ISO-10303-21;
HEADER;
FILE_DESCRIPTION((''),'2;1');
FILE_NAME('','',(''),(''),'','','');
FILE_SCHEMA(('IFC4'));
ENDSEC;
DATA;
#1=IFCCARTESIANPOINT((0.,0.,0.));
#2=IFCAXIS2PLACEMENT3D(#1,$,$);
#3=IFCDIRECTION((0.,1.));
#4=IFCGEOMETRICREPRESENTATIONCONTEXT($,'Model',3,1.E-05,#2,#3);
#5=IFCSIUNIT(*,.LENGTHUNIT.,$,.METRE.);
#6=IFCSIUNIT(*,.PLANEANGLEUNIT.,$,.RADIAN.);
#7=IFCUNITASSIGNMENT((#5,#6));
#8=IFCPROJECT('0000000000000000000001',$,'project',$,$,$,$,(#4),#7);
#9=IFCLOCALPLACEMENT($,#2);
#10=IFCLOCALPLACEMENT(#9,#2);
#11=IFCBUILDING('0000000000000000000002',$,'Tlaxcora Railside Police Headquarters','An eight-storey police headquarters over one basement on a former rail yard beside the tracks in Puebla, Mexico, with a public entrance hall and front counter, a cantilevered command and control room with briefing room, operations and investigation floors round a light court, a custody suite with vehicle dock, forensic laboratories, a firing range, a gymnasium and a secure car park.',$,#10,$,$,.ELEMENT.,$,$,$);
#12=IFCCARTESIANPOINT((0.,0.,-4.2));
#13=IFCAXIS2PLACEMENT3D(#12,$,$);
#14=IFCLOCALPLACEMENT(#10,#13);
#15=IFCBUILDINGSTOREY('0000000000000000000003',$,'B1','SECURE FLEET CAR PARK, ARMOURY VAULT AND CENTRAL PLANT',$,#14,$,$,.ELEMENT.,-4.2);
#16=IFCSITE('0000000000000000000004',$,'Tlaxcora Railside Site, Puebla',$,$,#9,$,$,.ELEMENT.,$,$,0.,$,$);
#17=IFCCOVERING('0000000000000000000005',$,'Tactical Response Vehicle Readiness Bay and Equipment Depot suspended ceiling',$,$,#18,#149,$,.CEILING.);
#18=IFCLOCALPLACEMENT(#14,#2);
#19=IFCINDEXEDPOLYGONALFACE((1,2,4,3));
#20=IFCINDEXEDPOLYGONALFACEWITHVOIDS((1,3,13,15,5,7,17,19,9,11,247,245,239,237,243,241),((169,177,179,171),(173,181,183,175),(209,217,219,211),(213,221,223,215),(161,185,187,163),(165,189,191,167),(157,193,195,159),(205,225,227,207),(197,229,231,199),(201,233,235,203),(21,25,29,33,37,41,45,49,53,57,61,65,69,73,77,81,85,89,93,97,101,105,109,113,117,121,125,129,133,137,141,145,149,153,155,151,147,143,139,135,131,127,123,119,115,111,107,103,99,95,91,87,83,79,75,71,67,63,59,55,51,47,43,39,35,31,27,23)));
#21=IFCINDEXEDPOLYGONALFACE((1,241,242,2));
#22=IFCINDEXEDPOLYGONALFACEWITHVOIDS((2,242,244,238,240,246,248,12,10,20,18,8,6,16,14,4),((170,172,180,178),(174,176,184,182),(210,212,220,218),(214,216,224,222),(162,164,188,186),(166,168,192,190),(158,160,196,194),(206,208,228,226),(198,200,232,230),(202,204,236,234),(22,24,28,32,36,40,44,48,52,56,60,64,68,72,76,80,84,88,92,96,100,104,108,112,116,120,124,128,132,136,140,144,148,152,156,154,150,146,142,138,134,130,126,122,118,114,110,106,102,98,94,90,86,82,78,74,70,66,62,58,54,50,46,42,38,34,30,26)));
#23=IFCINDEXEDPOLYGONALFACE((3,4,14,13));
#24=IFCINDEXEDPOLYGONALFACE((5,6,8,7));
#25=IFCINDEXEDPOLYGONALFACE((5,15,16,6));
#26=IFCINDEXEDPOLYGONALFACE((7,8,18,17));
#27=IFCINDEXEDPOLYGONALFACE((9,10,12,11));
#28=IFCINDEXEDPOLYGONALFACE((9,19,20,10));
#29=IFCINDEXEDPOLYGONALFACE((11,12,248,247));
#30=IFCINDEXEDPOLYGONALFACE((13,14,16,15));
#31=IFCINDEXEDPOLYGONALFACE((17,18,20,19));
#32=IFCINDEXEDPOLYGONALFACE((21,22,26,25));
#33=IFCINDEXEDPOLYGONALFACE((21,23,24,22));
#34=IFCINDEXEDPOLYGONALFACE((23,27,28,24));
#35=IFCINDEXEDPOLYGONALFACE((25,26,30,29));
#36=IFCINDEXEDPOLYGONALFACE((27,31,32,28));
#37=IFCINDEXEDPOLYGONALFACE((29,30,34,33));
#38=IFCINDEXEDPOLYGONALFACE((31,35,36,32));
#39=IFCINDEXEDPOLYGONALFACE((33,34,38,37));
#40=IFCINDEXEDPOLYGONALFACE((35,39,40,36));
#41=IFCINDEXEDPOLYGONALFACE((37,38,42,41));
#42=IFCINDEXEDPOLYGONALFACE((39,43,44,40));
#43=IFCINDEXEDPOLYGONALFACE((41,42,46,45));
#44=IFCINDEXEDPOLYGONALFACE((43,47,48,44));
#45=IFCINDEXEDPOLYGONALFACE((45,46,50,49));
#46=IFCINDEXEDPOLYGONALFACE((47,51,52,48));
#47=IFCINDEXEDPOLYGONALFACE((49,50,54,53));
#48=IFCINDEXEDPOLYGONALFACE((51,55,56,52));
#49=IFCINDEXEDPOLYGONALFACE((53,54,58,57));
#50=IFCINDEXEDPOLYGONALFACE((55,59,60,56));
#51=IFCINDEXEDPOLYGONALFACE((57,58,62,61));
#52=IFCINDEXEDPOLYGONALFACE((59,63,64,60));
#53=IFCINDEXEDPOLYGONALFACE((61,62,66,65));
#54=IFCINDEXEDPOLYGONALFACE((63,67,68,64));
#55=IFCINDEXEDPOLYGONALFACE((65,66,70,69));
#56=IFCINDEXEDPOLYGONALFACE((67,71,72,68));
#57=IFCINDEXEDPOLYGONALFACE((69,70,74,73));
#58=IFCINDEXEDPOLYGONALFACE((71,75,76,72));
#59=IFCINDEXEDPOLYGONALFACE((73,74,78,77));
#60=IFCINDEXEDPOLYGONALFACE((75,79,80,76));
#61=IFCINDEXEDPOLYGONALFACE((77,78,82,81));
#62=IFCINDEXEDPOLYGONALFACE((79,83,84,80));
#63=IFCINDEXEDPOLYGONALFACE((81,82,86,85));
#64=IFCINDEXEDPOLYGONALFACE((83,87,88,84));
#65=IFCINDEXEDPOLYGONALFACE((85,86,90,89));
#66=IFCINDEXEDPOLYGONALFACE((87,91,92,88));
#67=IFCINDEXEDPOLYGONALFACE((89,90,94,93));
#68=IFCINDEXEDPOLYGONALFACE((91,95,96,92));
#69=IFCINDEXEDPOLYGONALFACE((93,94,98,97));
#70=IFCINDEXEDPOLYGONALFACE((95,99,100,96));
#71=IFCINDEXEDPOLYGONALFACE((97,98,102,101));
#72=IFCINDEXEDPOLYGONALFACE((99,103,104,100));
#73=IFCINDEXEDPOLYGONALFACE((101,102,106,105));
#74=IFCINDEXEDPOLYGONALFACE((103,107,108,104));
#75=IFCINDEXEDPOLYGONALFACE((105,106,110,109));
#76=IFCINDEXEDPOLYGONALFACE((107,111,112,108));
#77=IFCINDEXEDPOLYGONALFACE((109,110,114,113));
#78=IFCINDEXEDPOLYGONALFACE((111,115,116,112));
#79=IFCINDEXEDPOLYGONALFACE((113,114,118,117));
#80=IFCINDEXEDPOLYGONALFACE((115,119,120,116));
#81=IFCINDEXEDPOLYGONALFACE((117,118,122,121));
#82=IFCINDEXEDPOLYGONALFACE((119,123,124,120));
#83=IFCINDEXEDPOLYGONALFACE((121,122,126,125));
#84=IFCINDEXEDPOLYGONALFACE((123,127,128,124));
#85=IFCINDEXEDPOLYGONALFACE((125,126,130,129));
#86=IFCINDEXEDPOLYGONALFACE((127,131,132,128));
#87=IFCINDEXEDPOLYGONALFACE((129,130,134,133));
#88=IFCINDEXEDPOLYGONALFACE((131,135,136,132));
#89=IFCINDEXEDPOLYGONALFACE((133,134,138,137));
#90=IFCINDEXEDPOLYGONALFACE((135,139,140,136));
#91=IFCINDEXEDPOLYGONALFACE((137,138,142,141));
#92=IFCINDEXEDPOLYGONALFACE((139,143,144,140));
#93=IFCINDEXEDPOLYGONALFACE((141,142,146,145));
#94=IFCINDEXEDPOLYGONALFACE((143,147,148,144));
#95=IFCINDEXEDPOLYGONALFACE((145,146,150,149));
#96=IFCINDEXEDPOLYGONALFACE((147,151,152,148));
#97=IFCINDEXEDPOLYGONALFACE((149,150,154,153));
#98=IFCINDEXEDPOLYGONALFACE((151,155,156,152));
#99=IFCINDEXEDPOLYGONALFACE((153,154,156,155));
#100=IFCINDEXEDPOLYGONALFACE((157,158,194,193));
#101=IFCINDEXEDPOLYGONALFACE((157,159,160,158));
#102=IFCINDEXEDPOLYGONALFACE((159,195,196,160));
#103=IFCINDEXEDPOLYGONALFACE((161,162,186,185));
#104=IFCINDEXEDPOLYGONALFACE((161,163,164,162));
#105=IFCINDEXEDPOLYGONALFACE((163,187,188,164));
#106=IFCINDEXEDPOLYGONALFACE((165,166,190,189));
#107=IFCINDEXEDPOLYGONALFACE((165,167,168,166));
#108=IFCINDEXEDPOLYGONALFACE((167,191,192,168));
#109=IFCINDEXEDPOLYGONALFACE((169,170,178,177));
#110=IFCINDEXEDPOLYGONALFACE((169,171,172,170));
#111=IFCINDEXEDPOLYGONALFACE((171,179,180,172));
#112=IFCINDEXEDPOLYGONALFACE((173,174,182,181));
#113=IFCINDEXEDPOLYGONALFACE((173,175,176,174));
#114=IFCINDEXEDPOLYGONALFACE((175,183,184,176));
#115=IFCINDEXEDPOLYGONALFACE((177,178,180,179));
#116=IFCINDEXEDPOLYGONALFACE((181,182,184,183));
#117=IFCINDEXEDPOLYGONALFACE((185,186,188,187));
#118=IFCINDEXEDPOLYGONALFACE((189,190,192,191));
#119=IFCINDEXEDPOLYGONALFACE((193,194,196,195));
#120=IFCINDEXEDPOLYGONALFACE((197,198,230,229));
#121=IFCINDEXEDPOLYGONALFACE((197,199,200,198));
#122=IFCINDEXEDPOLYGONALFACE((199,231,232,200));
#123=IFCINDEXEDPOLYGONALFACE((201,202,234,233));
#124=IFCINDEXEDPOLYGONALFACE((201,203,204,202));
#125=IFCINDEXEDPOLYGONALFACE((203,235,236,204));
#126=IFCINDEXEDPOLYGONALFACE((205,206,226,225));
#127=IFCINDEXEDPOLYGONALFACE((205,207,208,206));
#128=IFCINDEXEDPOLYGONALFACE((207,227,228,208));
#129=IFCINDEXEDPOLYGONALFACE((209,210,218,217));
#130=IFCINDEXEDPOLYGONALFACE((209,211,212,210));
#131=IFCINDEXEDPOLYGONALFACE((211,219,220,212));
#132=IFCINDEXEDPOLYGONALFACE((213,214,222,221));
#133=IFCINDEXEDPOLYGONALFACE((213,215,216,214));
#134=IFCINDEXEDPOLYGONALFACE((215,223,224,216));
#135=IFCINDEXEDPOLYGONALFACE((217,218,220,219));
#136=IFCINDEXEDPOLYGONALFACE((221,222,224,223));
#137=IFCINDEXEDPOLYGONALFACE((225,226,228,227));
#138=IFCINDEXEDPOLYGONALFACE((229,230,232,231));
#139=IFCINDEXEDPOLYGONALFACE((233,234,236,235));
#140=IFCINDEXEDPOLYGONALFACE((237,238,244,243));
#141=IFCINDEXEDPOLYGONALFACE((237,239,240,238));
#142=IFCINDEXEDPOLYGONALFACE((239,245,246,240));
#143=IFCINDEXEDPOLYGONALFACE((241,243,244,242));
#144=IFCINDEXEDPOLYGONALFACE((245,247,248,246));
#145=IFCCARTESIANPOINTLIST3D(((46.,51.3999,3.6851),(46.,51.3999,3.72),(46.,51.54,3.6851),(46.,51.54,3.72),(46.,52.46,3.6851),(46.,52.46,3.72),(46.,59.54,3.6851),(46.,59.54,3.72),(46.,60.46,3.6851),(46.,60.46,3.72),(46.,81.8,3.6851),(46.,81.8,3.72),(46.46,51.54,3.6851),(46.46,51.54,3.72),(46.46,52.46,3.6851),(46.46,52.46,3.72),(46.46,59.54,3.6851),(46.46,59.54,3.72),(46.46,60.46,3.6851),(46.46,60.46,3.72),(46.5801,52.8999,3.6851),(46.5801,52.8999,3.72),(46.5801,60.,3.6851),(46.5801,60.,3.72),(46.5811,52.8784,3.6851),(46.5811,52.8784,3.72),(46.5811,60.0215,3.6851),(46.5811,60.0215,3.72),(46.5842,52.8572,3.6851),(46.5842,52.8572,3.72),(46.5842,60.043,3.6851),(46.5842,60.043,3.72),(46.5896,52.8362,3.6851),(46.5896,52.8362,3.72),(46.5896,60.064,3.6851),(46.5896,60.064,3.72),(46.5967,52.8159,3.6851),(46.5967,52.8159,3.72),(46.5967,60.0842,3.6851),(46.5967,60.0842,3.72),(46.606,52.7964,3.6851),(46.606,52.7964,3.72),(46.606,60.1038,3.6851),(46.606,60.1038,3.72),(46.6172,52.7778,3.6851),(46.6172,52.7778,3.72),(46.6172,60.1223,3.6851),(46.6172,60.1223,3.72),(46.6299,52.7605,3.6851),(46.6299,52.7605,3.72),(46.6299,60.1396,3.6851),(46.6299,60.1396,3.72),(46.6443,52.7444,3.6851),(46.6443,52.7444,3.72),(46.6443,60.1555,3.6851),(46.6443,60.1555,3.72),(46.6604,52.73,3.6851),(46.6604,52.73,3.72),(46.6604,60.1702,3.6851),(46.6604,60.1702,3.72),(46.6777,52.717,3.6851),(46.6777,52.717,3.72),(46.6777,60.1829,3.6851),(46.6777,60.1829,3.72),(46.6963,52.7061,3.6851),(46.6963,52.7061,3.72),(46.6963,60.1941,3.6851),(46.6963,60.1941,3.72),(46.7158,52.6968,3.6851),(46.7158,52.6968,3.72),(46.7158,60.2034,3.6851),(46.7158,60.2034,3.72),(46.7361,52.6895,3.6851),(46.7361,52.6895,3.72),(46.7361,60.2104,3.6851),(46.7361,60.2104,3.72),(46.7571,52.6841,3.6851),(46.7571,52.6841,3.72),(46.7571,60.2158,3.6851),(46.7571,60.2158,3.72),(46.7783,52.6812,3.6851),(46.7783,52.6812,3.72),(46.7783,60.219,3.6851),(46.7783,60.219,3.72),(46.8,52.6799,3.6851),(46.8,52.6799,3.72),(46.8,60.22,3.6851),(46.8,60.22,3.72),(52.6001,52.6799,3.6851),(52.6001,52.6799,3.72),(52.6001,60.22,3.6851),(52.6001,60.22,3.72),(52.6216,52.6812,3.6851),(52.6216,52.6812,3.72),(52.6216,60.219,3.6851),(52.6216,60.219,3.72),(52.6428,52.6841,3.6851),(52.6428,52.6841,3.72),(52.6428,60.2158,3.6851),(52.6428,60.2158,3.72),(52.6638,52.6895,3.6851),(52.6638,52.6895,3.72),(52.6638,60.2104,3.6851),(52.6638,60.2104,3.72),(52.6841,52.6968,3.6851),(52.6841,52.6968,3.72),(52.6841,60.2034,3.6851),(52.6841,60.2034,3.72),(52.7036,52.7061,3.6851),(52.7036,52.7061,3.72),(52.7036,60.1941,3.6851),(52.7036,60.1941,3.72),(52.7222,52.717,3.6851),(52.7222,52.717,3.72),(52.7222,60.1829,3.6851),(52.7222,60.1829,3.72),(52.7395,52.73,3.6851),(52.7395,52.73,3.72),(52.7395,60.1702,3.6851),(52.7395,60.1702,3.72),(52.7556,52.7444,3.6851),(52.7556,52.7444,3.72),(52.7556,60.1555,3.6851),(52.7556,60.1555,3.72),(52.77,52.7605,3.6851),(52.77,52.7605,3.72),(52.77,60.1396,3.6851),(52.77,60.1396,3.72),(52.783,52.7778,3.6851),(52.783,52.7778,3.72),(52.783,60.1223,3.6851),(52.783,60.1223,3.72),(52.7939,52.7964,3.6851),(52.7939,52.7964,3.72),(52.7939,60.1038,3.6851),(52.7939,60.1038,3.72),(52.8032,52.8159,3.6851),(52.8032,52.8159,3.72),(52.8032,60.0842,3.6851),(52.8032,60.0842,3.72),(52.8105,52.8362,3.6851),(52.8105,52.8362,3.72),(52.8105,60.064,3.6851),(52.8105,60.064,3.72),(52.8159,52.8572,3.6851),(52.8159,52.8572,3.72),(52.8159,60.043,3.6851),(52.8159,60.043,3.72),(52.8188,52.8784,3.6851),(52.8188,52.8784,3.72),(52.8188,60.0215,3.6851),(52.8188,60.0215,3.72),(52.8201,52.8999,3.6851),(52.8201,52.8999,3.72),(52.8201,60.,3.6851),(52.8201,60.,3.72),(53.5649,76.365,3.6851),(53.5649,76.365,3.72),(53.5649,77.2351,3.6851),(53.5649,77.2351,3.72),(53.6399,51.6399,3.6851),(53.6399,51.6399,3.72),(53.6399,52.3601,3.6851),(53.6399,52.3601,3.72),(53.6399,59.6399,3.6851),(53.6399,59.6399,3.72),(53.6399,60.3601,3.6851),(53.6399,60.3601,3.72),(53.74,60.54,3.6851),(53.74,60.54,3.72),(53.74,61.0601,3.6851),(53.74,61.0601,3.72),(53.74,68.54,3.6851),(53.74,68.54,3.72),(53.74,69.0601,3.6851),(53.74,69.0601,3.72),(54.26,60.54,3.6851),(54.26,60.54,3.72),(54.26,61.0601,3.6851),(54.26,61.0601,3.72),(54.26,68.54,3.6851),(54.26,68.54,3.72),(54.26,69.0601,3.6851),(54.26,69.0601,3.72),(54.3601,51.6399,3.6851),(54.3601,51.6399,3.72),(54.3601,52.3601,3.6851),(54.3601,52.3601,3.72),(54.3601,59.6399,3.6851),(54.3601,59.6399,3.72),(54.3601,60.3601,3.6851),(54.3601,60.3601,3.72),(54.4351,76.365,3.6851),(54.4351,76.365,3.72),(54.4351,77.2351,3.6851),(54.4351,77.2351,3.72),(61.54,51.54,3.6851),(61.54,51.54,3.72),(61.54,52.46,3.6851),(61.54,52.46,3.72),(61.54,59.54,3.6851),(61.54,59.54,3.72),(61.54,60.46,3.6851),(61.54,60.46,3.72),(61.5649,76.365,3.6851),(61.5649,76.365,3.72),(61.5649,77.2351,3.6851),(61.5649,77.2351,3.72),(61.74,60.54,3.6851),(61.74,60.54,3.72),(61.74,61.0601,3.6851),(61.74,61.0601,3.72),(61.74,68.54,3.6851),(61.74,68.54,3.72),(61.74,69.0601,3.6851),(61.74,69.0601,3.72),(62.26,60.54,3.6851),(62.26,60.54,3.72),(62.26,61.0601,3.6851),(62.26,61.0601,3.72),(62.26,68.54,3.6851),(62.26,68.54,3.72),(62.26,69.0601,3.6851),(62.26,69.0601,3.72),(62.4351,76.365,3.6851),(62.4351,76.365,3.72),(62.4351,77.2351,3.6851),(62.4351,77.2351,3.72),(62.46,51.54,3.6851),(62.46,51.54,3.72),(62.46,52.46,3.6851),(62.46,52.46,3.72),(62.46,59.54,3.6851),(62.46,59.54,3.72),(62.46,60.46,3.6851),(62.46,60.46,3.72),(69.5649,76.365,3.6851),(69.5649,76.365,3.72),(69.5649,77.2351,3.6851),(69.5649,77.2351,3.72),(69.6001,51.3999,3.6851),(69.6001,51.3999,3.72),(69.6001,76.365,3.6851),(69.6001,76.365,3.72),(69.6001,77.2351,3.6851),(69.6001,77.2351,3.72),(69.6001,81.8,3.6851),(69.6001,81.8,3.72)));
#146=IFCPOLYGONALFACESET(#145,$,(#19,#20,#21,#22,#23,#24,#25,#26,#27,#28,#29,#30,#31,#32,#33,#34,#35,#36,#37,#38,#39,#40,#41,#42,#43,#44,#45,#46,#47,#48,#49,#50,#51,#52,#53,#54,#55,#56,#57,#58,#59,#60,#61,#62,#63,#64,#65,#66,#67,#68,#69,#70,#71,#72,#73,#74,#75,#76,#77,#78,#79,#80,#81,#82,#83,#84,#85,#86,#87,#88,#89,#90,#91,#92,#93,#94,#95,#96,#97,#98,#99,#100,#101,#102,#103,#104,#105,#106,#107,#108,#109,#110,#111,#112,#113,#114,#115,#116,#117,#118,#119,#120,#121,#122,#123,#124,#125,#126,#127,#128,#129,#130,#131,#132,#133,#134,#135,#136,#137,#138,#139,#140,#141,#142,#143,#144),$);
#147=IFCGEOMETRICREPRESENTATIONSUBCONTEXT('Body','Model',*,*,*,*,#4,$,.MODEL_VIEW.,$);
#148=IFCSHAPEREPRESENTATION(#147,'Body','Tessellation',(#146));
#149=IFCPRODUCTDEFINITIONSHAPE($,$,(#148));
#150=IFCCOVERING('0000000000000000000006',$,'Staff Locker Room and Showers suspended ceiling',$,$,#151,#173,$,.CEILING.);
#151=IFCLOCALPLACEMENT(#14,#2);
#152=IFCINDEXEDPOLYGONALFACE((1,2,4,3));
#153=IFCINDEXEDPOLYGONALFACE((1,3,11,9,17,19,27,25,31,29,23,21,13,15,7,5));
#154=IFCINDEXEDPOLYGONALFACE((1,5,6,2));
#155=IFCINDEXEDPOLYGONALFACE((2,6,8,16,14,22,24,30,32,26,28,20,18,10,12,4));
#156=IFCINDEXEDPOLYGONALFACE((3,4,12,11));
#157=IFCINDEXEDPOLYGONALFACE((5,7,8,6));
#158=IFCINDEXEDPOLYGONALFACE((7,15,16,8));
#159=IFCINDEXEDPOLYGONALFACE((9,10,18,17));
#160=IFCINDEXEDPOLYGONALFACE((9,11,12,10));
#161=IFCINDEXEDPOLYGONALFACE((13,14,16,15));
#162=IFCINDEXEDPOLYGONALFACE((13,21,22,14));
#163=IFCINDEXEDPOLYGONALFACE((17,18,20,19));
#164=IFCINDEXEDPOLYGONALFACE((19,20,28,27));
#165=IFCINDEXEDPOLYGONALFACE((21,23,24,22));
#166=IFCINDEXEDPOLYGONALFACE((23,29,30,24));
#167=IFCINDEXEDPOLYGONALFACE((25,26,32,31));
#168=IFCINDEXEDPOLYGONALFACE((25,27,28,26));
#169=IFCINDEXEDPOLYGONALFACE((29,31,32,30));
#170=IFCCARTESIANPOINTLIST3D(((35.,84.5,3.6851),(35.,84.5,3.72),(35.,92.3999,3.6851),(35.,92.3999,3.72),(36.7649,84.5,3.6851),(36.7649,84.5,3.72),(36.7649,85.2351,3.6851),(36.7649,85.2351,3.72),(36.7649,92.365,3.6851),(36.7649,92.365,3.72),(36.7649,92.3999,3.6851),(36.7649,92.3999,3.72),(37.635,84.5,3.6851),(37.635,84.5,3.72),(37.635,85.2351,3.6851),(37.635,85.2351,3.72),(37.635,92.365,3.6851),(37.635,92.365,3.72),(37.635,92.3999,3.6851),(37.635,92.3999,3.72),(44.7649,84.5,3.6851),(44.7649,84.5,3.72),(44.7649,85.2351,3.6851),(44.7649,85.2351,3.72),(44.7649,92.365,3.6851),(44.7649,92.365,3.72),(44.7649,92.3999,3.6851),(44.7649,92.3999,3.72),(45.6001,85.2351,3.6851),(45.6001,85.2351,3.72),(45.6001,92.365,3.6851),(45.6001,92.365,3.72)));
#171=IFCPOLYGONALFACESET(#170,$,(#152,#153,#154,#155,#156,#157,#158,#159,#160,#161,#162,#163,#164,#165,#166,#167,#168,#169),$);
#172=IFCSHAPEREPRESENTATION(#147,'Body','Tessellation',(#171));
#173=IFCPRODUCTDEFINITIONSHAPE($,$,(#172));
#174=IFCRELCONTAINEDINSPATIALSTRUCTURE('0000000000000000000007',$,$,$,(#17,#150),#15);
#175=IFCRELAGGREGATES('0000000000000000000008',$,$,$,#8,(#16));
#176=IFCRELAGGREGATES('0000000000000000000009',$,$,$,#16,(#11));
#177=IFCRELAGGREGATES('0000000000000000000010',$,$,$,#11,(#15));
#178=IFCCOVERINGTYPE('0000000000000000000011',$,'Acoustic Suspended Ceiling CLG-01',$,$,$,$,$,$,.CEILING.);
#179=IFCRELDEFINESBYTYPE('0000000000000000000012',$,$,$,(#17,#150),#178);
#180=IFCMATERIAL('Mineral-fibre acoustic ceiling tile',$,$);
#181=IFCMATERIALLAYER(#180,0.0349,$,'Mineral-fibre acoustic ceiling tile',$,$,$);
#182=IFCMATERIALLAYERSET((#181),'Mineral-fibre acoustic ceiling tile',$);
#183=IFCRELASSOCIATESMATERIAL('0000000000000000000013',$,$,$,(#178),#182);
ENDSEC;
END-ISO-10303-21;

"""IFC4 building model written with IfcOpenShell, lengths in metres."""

from ifc_helpers import new_model, si_unit, direction, frame, origin, place, context, subcontext, project, spatial, polyline, outline, extrude, material, layer, layer_set, type_object, element, save


model = new_model("IFC4")

# Units and contexts
model_context = context("Model", 3, precision=1e-05, world=origin(), true_north=direction((0.0, 1.0)))
body_context = subcontext(model_context, "Body", "Model", "MODEL_VIEW")
ifc_project = project(units=[si_unit("LENGTHUNIT", "METRE"), si_unit("PLANEANGLEUNIT", "RADIAN")], contexts=[model_context])

# Site, building, storey
site_placement = place(None, origin())
site = spatial("IfcSite", under=ifc_project, at=site_placement, Name="Tlaxcora Railside Site, Puebla", CompositionType="ELEMENT", RefElevation=0.0)
building_placement = place(site_placement, origin())
building = spatial("IfcBuilding", under=site, at=building_placement, Name="Tlaxcora Railside Police Headquarters", Description="An eight-storey police headquarters over one basement on a former rail yard beside the tracks in Puebla, Mexico, with a public entrance hall and front counter, a cantilevered command and control room with briefing room, operations and investigation floors round a light court, a custody suite with vehicle dock, forensic laboratories, a firing range, a gymnasium and a secure car park.", CompositionType="ELEMENT")
storey_placement = place(building_placement, frame((0.0, 0.0, -4.2)))
storey = spatial("IfcBuildingStorey", under=building, at=storey_placement, Name="B1", Description="SECURE FLEET CAR PARK, ARMOURY VAULT AND CENTRAL PLANT", CompositionType="ELEMENT", Elevation=-4.2)

# Coverings
ifc_material_1 = material(Name="Mineral-fibre acoustic ceiling tile")
ifc_layer_1 = layer(ifc_material_1, 0.0349, Name="Mineral-fibre acoustic ceiling tile")
ifc_layer_set_1 = layer_set([ifc_layer_1], Name="Mineral-fibre acoustic ceiling tile")
covering_type = type_object("IfcCoveringType", Name="Acoustic Suspended Ceiling CLG-01", PredefinedType="CEILING", material=ifc_layer_set_1)
covering_1_placement = place(storey_placement, frame((0.0, 0.0, 3.6851)))
element("IfcCovering", 1, at=covering_1_placement, inside=storey, type_object=covering_type, Name="Tactical Response Vehicle Readiness Bay and Equipment Depot suspended ceiling", PredefinedType="CEILING", context=body_context, shape_type="SweptSolid", body=[
    extrude(outline(polyline([(69.6001, 81.8), (46.0, 81.8), (46.0, 60.46), (46.46, 60.46), (46.46, 59.54), (46.0, 59.54), (46.0, 52.46), (46.46, 52.46), (46.46, 51.54), (46.0, 51.54), (46.0, 51.3999), (69.6001, 51.3999), (69.6001, 76.365), (69.5649, 76.365), (69.5649, 77.2351), (69.6001, 77.2351), (69.6001, 81.8)]), holes=[polyline([(52.8188, 52.8784), (52.8159, 52.8572), (52.8105, 52.8362), (52.8032, 52.8159), (52.7939, 52.7964), (52.783, 52.7778), (52.77, 52.7605), (52.7556, 52.7444), (52.7395, 52.73), (52.7222, 52.717), (52.7036, 52.7061), (52.6841, 52.6968), (52.6638, 52.6895), (52.6428, 52.6841), (52.6216, 52.6812), (52.6001, 52.6799), (46.8, 52.6799), (46.7783, 52.6812), (46.7571, 52.6841), (46.7361, 52.6895), (46.7158, 52.6968), (46.6963, 52.7061), (46.6777, 52.717), (46.6604, 52.73), (46.6443, 52.7444), (46.6299, 52.7605), (46.6172, 52.7778), (46.606, 52.7964), (46.5967, 52.8159), (46.5896, 52.8362), (46.5842, 52.8572), (46.5811, 52.8784), (46.5801, 52.8999), (46.5801, 60.0), (46.5811, 60.0215), (46.5842, 60.043), (46.5896, 60.064), (46.5967, 60.0842), (46.606, 60.1038), (46.6172, 60.1223), (46.6299, 60.1396), (46.6443, 60.1555), (46.6604, 60.1702), (46.6777, 60.1829), (46.6963, 60.1941), (46.7158, 60.2034), (46.7361, 60.2104), (46.7571, 60.2158), (46.7783, 60.219), (46.8, 60.22), (52.6001, 60.22), (52.6216, 60.219), (52.6428, 60.2158), (52.6638, 60.2104), (52.6841, 60.2034), (52.7036, 60.1941), (52.7222, 60.1829), (52.7395, 60.1702), (52.7556, 60.1555), (52.77, 60.1396), (52.783, 60.1223), (52.7939, 60.1038), (52.8032, 60.0842), (52.8105, 60.064), (52.8159, 60.043), (52.8188, 60.0215), (52.8201, 60.0), (52.8201, 52.8999), (52.8188, 52.8784)]), polyline([(53.6399, 52.3601), (54.3601, 52.3601), (54.3601, 51.6399), (53.6399, 51.6399), (53.6399, 52.3601)]), polyline([(54.3601, 60.3601), (54.3601, 59.6399), (53.6399, 59.6399), (53.6399, 60.3601), (54.3601, 60.3601)]), polyline([(54.26, 60.54), (53.74, 60.54), (53.74, 61.0601), (54.26, 61.0601), (54.26, 60.54)]), polyline([(53.74, 68.54), (53.74, 69.0601), (54.26, 69.0601), (54.26, 68.54), (53.74, 68.54)]), polyline([(53.5649, 77.2351), (54.4351, 77.2351), (54.4351, 76.365), (53.5649, 76.365), (53.5649, 77.2351)]), polyline([(62.46, 52.46), (62.46, 51.54), (61.54, 51.54), (61.54, 52.46), (62.46, 52.46)]), polyline([(62.46, 59.54), (61.54, 59.54), (61.54, 60.46), (62.46, 60.46), (62.46, 59.54)]), polyline([(61.74, 60.54), (61.74, 61.0601), (62.26, 61.0601), (62.26, 60.54), (61.74, 60.54)]), polyline([(61.74, 69.0601), (62.26, 69.0601), (62.26, 68.54), (61.74, 68.54), (61.74, 69.0601)]), polyline([(62.4351, 77.2351), (62.4351, 76.365), (61.5649, 76.365), (61.5649, 77.2351), (62.4351, 77.2351)])]), origin(), (0.0, 0.0, 1.0), 0.0349),
])
covering_2_placement = place(storey_placement, frame((0.0, 0.0, 3.6851)))
element("IfcCovering", 2, at=covering_2_placement, inside=storey, type_object=covering_type, Name="Staff Locker Room and Showers suspended ceiling", PredefinedType="CEILING", context=body_context, shape_type="SweptSolid", body=[
    extrude(outline(polyline([(37.635, 85.2351), (37.635, 84.5), (44.7649, 84.5), (44.7649, 85.2351), (45.6001, 85.2351), (45.6001, 92.365), (44.7649, 92.365), (44.7649, 92.3999), (37.635, 92.3999), (37.635, 92.365), (36.7649, 92.365), (36.7649, 92.3999), (35.0, 92.3999), (35.0, 84.5), (36.7649, 84.5), (36.7649, 85.2351), (37.635, 85.2351)])), origin(), (0.0, 0.0, 1.0), 0.0349),
])

save(model, "model.ifc")
